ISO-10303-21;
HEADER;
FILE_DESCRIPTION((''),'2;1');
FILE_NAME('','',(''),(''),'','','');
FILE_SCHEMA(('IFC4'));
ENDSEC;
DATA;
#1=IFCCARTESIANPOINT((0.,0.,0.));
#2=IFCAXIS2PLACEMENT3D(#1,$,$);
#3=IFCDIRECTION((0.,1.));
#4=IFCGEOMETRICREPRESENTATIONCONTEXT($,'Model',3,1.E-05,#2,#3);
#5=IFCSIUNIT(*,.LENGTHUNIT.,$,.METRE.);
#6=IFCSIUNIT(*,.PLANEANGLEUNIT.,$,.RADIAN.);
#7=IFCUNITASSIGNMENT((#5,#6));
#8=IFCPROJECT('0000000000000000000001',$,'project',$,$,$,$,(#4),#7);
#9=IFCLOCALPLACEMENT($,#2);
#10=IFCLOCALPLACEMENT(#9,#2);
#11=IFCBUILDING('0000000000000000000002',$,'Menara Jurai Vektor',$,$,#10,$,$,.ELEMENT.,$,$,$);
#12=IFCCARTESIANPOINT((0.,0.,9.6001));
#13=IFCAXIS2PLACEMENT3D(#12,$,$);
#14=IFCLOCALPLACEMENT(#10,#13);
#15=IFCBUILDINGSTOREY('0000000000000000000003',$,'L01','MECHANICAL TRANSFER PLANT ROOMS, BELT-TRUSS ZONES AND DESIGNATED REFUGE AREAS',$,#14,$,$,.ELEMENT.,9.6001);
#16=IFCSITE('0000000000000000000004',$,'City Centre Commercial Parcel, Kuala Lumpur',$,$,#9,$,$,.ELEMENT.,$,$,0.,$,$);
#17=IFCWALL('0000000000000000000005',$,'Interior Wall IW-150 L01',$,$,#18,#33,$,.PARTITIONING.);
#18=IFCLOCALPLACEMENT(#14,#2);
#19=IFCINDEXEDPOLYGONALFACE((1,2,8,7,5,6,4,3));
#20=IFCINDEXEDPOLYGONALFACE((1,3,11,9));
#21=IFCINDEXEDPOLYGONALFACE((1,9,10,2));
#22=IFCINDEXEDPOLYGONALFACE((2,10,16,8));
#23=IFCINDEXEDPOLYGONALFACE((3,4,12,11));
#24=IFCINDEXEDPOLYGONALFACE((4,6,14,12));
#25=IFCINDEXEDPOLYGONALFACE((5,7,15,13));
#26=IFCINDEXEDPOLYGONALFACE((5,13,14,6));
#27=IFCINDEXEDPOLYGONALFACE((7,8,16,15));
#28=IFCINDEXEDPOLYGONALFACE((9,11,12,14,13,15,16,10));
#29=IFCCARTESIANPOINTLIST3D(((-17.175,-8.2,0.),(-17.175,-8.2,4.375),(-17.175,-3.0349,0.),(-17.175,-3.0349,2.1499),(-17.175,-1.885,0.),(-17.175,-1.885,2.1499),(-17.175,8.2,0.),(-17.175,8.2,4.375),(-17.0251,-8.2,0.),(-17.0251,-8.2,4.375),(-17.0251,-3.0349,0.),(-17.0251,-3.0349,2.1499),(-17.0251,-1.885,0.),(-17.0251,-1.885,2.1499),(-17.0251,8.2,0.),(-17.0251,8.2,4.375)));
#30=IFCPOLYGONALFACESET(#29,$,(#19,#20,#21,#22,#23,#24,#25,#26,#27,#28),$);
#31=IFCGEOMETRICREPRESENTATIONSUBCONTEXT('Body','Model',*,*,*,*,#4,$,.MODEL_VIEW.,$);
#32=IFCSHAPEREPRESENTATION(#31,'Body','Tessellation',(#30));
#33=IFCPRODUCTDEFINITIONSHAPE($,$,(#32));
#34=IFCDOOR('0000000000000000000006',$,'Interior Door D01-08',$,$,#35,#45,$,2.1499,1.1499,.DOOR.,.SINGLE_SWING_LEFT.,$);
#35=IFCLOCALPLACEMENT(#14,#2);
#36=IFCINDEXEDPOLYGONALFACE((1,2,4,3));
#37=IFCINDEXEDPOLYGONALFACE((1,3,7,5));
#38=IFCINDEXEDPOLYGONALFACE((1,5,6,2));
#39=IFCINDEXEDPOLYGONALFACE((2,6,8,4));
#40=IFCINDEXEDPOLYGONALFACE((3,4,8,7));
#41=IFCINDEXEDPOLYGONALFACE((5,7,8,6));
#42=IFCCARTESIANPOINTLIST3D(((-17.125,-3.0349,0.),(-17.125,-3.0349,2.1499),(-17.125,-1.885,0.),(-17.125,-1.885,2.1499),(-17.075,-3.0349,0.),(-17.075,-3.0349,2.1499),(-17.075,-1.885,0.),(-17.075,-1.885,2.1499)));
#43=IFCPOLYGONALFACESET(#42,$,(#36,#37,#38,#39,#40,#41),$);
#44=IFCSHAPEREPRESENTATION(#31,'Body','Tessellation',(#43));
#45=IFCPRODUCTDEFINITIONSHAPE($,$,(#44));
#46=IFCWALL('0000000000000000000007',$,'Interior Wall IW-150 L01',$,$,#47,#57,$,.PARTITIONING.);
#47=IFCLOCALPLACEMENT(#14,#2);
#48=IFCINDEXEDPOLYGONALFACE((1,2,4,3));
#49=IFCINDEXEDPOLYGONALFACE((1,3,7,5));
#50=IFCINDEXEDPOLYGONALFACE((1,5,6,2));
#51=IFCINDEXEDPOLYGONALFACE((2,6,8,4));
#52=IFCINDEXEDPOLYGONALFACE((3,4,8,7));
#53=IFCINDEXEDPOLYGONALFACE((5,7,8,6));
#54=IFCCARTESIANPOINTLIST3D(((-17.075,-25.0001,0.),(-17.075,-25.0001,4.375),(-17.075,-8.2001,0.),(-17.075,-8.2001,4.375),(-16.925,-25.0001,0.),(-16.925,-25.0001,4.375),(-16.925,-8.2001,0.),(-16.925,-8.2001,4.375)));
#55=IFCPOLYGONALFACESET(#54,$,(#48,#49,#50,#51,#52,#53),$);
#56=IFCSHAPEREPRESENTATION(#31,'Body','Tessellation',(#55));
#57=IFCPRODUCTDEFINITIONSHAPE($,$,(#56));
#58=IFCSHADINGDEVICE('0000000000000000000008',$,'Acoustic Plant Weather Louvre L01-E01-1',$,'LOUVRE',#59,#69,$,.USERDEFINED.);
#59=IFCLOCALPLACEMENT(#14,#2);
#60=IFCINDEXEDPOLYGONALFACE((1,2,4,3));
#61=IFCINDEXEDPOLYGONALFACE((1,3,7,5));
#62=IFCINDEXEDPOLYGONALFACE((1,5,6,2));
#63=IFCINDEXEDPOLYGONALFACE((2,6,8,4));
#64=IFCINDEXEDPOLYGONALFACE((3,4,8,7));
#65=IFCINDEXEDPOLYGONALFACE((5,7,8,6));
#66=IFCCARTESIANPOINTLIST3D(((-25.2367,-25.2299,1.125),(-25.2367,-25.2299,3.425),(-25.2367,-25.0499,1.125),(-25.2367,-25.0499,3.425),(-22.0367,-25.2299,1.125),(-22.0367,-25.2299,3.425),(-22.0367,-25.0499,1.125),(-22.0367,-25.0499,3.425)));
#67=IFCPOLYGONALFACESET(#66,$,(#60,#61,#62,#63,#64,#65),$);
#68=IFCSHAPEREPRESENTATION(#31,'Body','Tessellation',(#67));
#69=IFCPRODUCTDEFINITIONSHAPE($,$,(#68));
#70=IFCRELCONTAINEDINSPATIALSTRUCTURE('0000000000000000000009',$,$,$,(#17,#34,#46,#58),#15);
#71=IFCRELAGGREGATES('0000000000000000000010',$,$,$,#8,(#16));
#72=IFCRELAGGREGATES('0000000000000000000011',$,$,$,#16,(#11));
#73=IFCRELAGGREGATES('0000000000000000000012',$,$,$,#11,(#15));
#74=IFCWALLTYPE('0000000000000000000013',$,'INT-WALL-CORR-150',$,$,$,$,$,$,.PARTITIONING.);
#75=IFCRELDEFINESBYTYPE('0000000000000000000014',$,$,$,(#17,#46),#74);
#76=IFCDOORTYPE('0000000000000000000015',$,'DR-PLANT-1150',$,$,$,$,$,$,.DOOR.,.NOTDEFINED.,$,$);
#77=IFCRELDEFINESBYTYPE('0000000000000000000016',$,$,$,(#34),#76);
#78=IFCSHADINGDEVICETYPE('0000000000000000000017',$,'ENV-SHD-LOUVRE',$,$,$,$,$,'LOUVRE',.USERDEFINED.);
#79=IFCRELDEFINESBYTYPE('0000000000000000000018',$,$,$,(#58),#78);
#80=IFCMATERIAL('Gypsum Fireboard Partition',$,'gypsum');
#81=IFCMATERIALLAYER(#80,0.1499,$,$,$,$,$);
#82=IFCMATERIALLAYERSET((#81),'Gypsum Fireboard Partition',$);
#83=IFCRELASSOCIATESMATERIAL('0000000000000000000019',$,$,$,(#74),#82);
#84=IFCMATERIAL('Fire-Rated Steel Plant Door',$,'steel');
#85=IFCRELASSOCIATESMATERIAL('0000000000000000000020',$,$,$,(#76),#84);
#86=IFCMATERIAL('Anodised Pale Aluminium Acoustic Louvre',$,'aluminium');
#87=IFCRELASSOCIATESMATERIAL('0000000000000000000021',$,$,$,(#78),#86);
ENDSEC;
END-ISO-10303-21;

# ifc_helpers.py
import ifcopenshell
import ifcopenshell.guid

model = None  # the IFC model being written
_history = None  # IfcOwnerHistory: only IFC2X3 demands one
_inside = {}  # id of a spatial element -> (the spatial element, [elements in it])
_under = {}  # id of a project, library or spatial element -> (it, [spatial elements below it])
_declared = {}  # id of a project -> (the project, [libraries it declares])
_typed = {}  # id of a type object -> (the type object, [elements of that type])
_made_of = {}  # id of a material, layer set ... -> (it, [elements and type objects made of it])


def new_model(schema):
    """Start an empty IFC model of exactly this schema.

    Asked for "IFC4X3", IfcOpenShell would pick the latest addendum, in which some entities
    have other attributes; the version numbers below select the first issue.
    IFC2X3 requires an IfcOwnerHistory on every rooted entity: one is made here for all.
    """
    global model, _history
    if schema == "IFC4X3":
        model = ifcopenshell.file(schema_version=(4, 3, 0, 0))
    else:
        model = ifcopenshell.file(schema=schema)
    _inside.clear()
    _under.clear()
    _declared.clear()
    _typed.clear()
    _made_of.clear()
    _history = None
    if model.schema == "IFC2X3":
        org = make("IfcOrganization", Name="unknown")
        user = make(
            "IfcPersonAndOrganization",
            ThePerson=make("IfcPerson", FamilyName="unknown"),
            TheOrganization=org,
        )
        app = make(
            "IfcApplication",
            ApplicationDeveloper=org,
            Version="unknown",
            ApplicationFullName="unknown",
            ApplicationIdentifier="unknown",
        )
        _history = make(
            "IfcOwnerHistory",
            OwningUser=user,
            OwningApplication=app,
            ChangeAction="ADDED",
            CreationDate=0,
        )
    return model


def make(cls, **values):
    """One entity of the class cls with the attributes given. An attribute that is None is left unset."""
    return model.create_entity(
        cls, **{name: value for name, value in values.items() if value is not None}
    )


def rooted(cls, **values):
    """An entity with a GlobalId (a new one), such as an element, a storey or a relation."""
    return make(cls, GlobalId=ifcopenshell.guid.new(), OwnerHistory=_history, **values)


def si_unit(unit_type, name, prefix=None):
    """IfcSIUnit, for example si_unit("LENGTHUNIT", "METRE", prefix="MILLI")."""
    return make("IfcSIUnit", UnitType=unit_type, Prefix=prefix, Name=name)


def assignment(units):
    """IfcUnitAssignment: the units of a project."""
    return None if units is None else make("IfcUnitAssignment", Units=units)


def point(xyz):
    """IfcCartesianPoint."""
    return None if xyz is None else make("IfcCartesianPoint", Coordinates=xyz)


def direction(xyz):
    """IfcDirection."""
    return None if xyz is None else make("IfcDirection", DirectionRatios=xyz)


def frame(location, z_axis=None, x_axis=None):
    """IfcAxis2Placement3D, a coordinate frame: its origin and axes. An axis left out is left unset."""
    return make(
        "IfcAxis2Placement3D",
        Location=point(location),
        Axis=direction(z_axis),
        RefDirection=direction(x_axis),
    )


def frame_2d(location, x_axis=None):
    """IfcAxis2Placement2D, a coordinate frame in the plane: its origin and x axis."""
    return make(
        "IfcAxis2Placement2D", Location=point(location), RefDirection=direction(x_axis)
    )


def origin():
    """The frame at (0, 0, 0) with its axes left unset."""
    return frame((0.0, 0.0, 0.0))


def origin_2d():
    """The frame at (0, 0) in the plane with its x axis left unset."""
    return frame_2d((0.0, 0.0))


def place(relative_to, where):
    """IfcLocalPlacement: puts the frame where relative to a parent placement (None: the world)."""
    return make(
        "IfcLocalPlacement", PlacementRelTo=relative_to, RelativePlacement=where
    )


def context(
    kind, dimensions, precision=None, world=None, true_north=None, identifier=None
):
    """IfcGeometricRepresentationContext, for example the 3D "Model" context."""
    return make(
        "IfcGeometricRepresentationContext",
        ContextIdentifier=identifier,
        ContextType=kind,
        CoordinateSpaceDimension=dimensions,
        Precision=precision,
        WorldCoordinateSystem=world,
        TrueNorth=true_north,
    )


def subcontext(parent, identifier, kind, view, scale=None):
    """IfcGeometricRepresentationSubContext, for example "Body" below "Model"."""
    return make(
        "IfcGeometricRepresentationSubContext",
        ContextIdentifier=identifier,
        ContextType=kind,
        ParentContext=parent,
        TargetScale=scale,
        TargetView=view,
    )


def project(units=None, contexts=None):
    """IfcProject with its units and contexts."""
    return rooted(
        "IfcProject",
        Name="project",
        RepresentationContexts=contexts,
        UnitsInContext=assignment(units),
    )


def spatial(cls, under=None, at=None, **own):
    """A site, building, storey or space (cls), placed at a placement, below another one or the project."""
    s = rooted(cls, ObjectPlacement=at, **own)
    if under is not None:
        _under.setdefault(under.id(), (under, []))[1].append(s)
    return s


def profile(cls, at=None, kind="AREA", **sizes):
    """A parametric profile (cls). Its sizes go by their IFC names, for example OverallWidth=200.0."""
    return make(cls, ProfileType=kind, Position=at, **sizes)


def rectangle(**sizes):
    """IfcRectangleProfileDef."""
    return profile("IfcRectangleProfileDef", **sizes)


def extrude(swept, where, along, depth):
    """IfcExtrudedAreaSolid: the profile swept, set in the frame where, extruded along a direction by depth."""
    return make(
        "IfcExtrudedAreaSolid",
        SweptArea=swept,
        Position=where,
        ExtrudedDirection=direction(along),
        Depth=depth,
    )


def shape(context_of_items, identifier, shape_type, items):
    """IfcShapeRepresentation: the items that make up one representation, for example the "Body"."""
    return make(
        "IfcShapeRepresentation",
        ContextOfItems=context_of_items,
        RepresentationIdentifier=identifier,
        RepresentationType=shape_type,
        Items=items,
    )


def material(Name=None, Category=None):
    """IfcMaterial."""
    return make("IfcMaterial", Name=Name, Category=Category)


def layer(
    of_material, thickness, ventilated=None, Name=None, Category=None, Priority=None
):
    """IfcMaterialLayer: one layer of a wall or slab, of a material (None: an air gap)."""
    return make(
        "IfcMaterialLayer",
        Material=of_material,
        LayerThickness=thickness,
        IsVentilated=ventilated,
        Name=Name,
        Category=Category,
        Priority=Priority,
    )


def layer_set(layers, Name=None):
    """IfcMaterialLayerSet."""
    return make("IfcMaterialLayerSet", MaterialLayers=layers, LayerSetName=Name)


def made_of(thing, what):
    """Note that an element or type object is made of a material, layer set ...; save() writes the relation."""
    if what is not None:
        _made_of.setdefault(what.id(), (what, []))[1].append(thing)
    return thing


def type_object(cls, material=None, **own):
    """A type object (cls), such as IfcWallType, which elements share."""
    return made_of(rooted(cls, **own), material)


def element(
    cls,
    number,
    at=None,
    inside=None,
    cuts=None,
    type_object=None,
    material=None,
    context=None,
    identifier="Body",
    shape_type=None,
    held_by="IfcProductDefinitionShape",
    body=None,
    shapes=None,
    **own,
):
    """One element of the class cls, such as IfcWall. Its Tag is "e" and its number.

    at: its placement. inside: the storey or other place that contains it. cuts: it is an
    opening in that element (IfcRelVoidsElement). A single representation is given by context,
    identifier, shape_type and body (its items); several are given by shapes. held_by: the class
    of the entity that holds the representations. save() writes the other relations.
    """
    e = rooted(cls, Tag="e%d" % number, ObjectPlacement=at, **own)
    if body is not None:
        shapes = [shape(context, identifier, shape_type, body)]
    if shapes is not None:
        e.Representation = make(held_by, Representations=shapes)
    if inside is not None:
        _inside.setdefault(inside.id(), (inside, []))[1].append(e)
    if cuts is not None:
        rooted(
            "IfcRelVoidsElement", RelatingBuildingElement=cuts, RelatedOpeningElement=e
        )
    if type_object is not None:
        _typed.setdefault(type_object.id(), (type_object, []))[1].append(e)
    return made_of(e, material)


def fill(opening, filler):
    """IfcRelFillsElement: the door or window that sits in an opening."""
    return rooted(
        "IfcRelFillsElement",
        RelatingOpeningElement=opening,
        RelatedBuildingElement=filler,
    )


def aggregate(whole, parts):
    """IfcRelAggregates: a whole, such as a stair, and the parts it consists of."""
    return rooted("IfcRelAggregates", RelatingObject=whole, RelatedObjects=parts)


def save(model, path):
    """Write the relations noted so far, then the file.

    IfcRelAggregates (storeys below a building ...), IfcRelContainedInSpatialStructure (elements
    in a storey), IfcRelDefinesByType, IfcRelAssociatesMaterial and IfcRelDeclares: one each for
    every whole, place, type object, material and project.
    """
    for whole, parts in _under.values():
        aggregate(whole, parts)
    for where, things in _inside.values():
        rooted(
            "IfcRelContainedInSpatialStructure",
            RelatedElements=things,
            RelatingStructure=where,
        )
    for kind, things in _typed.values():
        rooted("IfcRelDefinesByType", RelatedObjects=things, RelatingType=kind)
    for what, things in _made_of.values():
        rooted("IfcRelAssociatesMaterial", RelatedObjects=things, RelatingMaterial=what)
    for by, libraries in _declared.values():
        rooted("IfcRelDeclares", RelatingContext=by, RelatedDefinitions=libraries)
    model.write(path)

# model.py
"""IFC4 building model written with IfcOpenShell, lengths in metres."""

from ifc_helpers import new_model, si_unit, direction, frame, frame_2d, origin, origin_2d, place, context, subcontext, project, spatial, rectangle, extrude, material, layer, layer_set, type_object, element, fill, save


model = new_model("IFC4")

# Units and contexts
model_context = context("Model", 3, precision=1e-05, world=origin(), true_north=direction((0.0, 1.0)))
body_context = subcontext(model_context, "Body", "Model", "MODEL_VIEW")
ifc_project = project(units=[si_unit("LENGTHUNIT", "METRE"), si_unit("PLANEANGLEUNIT", "RADIAN")], contexts=[model_context])

# Site, building, storey
site_placement = place(None, origin())
site = spatial("IfcSite", under=ifc_project, at=site_placement, Name="City Centre Commercial Parcel, Kuala Lumpur", CompositionType="ELEMENT", RefElevation=0.0)
building_placement = place(site_placement, origin())
building = spatial("IfcBuilding", under=site, at=building_placement, Name="Menara Jurai Vektor", CompositionType="ELEMENT")
storey_placement = place(building_placement, frame((0.0, 0.0, 9.6001)))
storey = spatial("IfcBuildingStorey", under=building, at=storey_placement, Name="L01", Description="MECHANICAL TRANSFER PLANT ROOMS, BELT-TRUSS ZONES AND DESIGNATED REFUGE AREAS", CompositionType="ELEMENT", Elevation=9.6001)

# Wall, opening, door
ifc_material_1 = material(Name="Gypsum Fireboard Partition", Category="gypsum")
ifc_layer_1 = layer(ifc_material_1, 0.1499)
ifc_layer_set_1 = layer_set([ifc_layer_1], Name="Gypsum Fireboard Partition")
wall_type = type_object("IfcWallType", Name="INT-WALL-CORR-150", PredefinedType="PARTITIONING", material=ifc_layer_set_1)
ifc_material_2 = material(Name="Fire-Rated Steel Plant Door", Category="steel")
door_type = type_object("IfcDoorType", Name="DR-PLANT-1150", OperationType="NOTDEFINED", PredefinedType="DOOR", material=ifc_material_2)
wall_1_placement = place(storey_placement, frame((-17.1001, -8.2, 0.0), z_axis=(0.0, 0.0, 1.0), x_axis=(0.0, 1.0, 0.0)))
wall_1 = element("IfcWall", 1, at=wall_1_placement, inside=storey, type_object=wall_type, Name="Interior Wall IW-150 L01", PredefinedType="PARTITIONING", context=body_context, shape_type="SweptSolid", body=[
    extrude(rectangle(XDim=16.3999, YDim=0.1499, at=frame_2d((8.2, 0.0))), origin(), (0.0, 0.0, 1.0), 4.375),
])
opening_1_placement = place(wall_1_placement, frame((5.165, 0.0, 0.0)))
opening_1 = element("IfcOpeningElement", 2, at=opening_1_placement, cuts=wall_1, PredefinedType="OPENING", context=body_context, shape_type="SweptSolid", body=[
    extrude(rectangle(XDim=1.1499, YDim=2.1499, at=frame_2d((0.575, 1.075))), frame((0.0, 0.085, 0.0), z_axis=(0.0, -1.0, 0.0), x_axis=(1.0, 0.0, 0.0)), (0.0, 0.0, 1.0), 0.1699),
])
door_1_placement = place(opening_1_placement, origin())
door_1 = element("IfcDoor", 3, at=door_1_placement, inside=storey, type_object=door_type, Name="Interior Door D01-08", OperationType="SINGLE_SWING_LEFT", OverallHeight=2.1499, OverallWidth=1.1499, PredefinedType="DOOR", context=body_context, shape_type="SweptSolid", body=[
    extrude(rectangle(XDim=1.1499, YDim=2.1499, at=frame_2d((0.575, 1.075))), frame((0.0, 0.0249, 0.0), z_axis=(0.0, -1.0, 0.0), x_axis=(1.0, 0.0, 0.0)), (0.0, 0.0, 1.0), 0.05),
])
fill(opening_1, door_1)

# Wall
wall_2_placement = place(storey_placement, frame((-17.0, -25.0, 0.0), z_axis=(0.0, 0.0, 1.0), x_axis=(0.0, 1.0, 0.0)))
element("IfcWall", 4, at=wall_2_placement, inside=storey, type_object=wall_type, Name="Interior Wall IW-150 L01", PredefinedType="PARTITIONING", context=body_context, shape_type="SweptSolid", body=[
    extrude(rectangle(XDim=16.8, YDim=0.1499, at=frame_2d((8.3999, 0.0))), origin(), (0.0, 0.0, 1.0), 4.375),
])

# Shading device
ifc_material_3 = material(Name="Anodised Pale Aluminium Acoustic Louvre", Category="aluminium")
shading_device_type = type_object("IfcShadingDeviceType", Name="ENV-SHD-LOUVRE", ElementType="LOUVRE", PredefinedType="USERDEFINED", material=ifc_material_3)
shading_device_placement = place(storey_placement, frame((-23.6367, -25.1399, 1.125), z_axis=(0.0, 0.0, 1.0), x_axis=(1.0, 0.0, 0.0)))
element("IfcShadingDevice", 5, at=shading_device_placement, inside=storey, type_object=shading_device_type, Name="Acoustic Plant Weather Louvre L01-E01-1", ObjectType="LOUVRE", PredefinedType="USERDEFINED", context=body_context, shape_type="SweptSolid", body=[
    extrude(rectangle(XDim=3.2, YDim=0.1799, at=origin_2d()), origin(), (0.0, 0.0, 1.0), 2.3),
])

save(model, "model.ifc")
